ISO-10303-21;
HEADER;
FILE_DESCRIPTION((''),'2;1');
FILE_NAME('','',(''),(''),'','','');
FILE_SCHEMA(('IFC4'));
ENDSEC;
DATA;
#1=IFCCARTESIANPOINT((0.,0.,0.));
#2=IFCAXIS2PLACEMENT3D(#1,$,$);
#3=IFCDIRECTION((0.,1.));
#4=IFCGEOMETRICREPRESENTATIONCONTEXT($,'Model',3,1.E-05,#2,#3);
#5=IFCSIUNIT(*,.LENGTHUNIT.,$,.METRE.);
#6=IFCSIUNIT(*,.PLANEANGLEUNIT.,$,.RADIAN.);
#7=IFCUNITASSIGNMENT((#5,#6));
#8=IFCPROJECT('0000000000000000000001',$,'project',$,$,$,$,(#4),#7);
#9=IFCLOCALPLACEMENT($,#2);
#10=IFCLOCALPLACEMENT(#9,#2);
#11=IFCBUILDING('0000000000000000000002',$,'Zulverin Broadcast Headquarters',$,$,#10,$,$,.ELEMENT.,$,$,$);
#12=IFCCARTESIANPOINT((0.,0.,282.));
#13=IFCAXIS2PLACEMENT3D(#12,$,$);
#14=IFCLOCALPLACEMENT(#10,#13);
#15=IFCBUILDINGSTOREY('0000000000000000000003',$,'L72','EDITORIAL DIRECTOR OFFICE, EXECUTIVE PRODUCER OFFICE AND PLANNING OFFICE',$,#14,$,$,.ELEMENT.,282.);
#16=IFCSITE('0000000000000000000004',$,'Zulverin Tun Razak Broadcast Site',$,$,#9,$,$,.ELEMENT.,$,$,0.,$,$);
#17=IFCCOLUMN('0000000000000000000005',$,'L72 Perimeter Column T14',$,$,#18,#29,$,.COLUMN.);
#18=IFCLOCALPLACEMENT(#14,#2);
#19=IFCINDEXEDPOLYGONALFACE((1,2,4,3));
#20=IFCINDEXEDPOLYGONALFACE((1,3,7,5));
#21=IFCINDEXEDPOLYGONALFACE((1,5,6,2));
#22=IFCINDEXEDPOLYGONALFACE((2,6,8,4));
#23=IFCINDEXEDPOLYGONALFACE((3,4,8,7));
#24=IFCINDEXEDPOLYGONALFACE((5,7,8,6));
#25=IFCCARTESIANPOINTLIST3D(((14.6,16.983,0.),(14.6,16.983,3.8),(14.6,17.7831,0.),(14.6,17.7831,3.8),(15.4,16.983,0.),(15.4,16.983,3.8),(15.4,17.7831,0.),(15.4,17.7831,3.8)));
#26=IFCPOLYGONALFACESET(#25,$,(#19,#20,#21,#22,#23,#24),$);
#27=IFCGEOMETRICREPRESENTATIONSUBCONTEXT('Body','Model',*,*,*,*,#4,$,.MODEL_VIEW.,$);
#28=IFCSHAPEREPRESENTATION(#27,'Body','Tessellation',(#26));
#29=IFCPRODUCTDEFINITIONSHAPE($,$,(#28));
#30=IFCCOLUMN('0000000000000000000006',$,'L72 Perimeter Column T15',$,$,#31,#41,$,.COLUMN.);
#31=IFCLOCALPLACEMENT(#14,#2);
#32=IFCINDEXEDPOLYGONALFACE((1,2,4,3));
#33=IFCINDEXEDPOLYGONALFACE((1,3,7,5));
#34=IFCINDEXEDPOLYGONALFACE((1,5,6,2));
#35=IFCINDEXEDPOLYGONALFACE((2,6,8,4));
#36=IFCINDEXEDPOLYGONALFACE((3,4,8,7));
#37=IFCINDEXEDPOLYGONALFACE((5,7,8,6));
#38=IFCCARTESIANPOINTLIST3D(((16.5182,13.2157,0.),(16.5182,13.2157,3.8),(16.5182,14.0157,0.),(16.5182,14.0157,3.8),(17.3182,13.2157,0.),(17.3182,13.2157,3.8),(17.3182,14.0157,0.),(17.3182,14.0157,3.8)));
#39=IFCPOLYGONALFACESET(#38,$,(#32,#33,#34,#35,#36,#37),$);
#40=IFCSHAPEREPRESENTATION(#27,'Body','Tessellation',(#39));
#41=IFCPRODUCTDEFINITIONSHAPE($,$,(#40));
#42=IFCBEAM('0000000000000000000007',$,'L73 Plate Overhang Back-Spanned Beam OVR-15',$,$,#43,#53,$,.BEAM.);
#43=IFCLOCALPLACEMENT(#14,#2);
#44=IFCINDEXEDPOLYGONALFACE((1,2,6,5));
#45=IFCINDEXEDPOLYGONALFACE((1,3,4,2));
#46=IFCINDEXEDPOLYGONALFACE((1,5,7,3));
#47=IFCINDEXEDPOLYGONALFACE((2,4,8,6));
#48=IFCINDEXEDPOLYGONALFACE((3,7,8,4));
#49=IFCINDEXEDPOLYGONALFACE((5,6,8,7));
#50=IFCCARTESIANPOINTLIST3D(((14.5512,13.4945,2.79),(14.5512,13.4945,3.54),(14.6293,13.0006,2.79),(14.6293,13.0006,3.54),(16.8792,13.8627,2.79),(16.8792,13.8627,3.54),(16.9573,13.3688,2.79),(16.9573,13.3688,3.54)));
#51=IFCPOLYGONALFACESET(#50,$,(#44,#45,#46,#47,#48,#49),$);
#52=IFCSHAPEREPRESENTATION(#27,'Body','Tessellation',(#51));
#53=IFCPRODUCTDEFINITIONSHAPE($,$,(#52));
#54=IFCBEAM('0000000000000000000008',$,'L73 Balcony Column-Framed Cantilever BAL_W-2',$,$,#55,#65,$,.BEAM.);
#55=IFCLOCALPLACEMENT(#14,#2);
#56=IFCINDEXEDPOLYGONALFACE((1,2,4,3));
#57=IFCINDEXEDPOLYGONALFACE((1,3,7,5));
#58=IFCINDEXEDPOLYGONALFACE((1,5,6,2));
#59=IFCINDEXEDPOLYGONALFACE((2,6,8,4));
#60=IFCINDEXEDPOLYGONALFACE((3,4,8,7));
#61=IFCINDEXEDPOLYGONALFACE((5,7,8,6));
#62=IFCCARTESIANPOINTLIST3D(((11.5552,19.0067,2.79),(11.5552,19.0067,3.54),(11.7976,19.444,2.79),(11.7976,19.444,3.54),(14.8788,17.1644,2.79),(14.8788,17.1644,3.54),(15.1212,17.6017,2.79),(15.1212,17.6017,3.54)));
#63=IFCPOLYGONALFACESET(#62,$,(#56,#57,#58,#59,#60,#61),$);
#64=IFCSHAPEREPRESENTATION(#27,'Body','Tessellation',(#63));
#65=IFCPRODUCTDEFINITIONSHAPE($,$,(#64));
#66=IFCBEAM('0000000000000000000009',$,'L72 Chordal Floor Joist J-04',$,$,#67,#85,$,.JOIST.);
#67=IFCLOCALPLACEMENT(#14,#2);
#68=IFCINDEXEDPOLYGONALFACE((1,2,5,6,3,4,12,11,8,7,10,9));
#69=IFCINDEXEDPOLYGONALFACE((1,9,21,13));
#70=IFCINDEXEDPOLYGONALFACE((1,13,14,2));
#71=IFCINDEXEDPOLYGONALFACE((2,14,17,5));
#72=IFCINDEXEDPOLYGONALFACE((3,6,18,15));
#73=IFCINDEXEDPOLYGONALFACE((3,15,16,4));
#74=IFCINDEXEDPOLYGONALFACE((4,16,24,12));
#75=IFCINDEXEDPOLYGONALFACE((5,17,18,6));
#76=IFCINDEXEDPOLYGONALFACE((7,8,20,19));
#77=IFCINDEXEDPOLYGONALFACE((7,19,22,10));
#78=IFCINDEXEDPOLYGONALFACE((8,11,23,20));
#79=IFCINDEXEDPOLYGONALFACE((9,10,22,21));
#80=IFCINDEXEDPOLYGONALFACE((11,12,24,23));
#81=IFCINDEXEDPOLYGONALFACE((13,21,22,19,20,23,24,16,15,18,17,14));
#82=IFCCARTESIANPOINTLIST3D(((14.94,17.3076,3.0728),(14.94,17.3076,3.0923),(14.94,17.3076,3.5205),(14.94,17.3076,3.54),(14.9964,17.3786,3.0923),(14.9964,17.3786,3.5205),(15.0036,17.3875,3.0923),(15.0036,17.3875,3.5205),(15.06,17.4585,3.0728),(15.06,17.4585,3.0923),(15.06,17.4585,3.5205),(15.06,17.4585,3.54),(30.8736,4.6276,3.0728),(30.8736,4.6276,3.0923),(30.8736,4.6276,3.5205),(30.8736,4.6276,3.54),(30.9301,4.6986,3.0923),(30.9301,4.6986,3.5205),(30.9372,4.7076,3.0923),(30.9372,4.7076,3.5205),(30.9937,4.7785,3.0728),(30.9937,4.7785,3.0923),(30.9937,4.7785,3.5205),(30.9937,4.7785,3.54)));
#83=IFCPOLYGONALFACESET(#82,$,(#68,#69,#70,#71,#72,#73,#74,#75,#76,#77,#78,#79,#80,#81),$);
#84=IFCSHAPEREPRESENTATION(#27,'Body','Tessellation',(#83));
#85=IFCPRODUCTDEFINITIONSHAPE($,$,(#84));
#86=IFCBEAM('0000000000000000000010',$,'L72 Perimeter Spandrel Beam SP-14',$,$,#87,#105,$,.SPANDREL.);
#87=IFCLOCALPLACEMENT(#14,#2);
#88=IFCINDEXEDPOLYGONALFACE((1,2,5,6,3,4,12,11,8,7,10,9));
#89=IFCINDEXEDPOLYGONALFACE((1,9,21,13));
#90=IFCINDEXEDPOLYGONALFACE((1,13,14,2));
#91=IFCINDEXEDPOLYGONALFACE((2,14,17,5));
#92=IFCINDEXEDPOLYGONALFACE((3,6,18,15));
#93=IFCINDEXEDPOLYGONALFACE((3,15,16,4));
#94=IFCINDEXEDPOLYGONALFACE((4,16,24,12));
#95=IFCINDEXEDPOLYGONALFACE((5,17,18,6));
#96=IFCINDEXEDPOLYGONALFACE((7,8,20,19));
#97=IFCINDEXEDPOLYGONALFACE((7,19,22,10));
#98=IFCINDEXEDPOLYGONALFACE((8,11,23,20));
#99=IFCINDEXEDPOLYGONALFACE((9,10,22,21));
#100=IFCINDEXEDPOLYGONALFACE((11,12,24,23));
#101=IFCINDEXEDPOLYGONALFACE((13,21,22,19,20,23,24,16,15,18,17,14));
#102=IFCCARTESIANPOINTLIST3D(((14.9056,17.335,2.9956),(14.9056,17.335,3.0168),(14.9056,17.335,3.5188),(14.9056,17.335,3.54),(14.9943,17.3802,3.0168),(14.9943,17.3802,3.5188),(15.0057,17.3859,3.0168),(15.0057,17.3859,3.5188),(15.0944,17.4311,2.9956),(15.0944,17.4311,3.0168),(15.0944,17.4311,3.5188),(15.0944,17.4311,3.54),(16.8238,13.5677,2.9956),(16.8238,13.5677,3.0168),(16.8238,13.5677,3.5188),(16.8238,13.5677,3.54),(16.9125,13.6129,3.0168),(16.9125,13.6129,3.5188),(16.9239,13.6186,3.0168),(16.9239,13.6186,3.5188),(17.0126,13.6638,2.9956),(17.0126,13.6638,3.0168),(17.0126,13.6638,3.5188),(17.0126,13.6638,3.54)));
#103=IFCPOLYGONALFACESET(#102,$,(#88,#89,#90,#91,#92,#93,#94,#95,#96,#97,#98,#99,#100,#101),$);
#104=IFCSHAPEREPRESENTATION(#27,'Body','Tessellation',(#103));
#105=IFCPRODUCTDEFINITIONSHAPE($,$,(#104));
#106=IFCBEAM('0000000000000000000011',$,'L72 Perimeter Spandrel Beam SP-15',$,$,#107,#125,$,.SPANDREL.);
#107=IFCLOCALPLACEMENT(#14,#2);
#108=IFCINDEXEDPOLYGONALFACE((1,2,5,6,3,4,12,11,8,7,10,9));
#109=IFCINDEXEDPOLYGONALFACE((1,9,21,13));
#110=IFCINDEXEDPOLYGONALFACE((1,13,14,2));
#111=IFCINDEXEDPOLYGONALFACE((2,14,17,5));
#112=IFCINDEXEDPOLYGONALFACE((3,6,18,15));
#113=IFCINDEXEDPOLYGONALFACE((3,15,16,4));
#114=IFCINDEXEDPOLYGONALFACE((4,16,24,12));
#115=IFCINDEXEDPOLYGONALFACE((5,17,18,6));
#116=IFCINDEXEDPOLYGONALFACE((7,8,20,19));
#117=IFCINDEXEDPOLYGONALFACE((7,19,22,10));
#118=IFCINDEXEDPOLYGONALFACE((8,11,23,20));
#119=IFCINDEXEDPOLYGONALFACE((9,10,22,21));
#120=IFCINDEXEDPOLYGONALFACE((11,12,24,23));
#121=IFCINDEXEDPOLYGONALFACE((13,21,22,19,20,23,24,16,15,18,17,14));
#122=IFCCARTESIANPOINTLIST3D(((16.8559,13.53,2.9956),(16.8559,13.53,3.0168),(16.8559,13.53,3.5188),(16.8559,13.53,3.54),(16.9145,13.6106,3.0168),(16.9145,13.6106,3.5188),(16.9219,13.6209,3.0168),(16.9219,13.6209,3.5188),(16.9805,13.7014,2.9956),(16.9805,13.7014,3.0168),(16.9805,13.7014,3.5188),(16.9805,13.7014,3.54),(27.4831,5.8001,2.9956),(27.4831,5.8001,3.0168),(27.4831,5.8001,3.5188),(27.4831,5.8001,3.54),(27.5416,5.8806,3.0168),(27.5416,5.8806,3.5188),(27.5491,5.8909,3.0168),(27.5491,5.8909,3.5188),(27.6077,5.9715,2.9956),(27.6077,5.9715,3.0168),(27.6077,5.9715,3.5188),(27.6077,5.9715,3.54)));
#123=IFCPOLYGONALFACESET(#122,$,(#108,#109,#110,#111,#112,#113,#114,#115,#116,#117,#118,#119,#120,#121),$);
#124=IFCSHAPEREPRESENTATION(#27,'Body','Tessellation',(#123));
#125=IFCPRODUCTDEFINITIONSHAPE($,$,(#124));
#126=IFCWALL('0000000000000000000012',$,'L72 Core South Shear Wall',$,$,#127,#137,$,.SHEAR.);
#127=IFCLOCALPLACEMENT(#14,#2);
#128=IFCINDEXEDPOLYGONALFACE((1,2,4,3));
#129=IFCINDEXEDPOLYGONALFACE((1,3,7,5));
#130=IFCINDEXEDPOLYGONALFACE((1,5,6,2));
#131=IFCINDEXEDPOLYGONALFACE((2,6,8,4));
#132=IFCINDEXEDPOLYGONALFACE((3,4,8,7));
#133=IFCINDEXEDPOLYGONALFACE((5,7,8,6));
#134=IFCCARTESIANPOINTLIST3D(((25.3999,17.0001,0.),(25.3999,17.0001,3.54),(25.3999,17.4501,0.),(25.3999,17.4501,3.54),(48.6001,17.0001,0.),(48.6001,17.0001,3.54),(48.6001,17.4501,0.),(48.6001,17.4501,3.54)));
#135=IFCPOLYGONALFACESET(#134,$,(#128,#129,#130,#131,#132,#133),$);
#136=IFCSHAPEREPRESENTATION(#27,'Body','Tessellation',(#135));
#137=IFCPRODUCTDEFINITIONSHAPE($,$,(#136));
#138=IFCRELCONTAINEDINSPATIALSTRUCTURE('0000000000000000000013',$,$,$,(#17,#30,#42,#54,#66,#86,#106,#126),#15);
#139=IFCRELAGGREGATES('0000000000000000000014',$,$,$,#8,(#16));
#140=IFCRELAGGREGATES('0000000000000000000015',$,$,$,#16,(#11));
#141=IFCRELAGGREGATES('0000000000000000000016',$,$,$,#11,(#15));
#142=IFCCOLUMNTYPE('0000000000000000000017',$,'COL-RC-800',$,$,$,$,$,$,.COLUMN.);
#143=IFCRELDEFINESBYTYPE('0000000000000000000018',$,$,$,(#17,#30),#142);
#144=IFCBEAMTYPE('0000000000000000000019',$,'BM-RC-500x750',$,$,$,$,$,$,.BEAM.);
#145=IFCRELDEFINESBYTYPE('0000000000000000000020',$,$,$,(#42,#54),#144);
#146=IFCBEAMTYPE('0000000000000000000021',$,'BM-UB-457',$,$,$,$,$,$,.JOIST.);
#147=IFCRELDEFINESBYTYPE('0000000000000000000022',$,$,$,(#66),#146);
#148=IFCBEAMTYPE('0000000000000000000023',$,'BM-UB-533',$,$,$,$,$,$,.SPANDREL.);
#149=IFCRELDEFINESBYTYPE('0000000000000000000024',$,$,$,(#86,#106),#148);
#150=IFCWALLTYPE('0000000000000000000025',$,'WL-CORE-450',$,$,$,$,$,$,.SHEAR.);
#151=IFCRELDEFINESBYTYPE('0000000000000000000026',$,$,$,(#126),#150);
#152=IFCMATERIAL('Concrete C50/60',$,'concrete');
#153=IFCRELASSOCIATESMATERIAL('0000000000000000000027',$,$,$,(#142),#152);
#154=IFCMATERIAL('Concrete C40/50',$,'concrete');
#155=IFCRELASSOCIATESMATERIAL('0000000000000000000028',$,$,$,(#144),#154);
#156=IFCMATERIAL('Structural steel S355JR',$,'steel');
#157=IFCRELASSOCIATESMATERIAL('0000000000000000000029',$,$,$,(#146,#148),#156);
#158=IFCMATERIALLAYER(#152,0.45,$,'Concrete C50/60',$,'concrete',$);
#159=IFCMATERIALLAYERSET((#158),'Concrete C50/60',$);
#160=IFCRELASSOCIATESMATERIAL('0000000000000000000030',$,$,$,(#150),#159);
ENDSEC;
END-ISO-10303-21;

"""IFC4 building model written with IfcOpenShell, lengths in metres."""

from ifc_helpers import new_model, si_unit, direction, frame, frame_2d, origin, origin_2d, place, context, subcontext, project, spatial, rectangle, i_section, extrude, material, layer, layer_set, material_profile, profile_set, type_object, element, save


model = new_model("IFC4")

# Units and contexts
model_context = context("Model", 3, precision=1e-05, world=origin(), true_north=direction((0.0, 1.0)))
body_context = subcontext(model_context, "Body", "Model", "MODEL_VIEW")
ifc_project = project(units=[si_unit("LENGTHUNIT", "METRE"), si_unit("PLANEANGLEUNIT", "RADIAN")], contexts=[model_context])

# Site, building, storey
site_placement = place(None, origin())
site = spatial("IfcSite", under=ifc_project, at=site_placement, Name="Zulverin Tun Razak Broadcast Site", CompositionType="ELEMENT", RefElevation=0.0)
building_placement = place(site_placement, origin())
building = spatial("IfcBuilding", under=site, at=building_placement, Name="Zulverin Broadcast Headquarters", CompositionType="ELEMENT")
storey_placement = place(building_placement, frame((0.0, 0.0, 282.0)))
storey = spatial("IfcBuildingStorey", under=building, at=storey_placement, Name="L72", Description="EDITORIAL DIRECTOR OFFICE, EXECUTIVE PRODUCER OFFICE AND PLANNING OFFICE", CompositionType="ELEMENT", Elevation=282.0)

# Columns
ifc_material_1 = material(Name="Concrete C50/60", Category="concrete")
ifc_material_profile_1 = material_profile(ifc_material_1, rectangle(XDim=0.8, YDim=0.8, at=origin_2d()), Name="Concrete C50/60", Category="concrete")
ifc_profile_set_1 = profile_set([ifc_material_profile_1], Name="Concrete C50/60")
column_type = type_object("IfcColumnType", Name="COL-RC-800", PredefinedType="COLUMN", material=ifc_profile_set_1)
for number, where, z_axis, x_axis, name in (
    (1, (15.0, 17.3831, 0.0), (0.0, 0.0, 1.0), (1.0, 0.0, 0.0), "L72 Perimeter Column T14"),
    (2, (16.9182, 13.6157, 0.0), (0.0, 0.0, 1.0), (1.0, 0.0, 0.0), "L72 Perimeter Column T15"),
):
    element("IfcColumn", number, at=place(storey_placement, frame(where, z_axis=z_axis, x_axis=x_axis)), inside=storey, type_object=column_type, Name=name, PredefinedType="COLUMN", context=body_context, shape_type="SweptSolid", body=[
        extrude(rectangle(XDim=0.8, YDim=0.8, at=origin_2d()), origin(), (0.0, 0.0, 1.0), 3.8),
    ])

# Beams
ifc_material_2 = material(Name="Concrete C40/50", Category="concrete")
ifc_material_profile_2 = material_profile(ifc_material_2, rectangle(XDim=0.5, YDim=0.75, at=origin_2d()), Name="Concrete C40/50", Category="concrete")
ifc_profile_set_2 = profile_set([ifc_material_profile_2], Name="Concrete C40/50")
beam_type_1 = type_object("IfcBeamType", Name="BM-RC-500x750", PredefinedType="BEAM", material=ifc_profile_set_2)
beam_1_placement = place(storey_placement, frame((16.9182, 13.6157, 3.165), z_axis=(-0.987723, -0.156213, 0.0), x_axis=(0.156213, -0.987723, 0.0)))
element("IfcBeam", 3, at=beam_1_placement, inside=storey, type_object=beam_type_1, Name="L73 Plate Overhang Back-Spanned Beam OVR-15", PredefinedType="BEAM", context=body_context, shape_type="SweptSolid", body=[
    extrude(rectangle(XDim=0.5, YDim=0.75, at=origin_2d()), origin(), (0.0, 0.0, 1.0), 2.3569),
])
beam_2_placement = place(storey_placement, frame((15.0, 17.3831, 3.165), z_axis=(-0.874615, 0.484819, 0.0), x_axis=(-0.484819, -0.874615, 0.0)))
element("IfcBeam", 4, at=beam_2_placement, inside=storey, type_object=beam_type_1, Name="L73 Balcony Column-Framed Cantilever BAL_W-2", PredefinedType="BEAM", context=body_context, shape_type="SweptSolid", body=[
    extrude(rectangle(XDim=0.5, YDim=0.75, at=origin_2d()), origin(), (0.0, 0.0, 1.0), 3.8),
])
ifc_material_3 = material(Name="Structural steel S355JR", Category="steel")
ifc_material_profile_3 = material_profile(ifc_material_3, i_section(OverallWidth=0.1929, OverallDepth=0.4673, WebThickness=0.0115, FlangeThickness=0.0195, at=origin_2d()), Name="Structural steel S355JR", Category="steel")
ifc_profile_set_3 = profile_set([ifc_material_profile_3], Name="Structural steel S355JR")
beam_type_2 = type_object("IfcBeamType", Name="BM-UB-457", PredefinedType="JOIST", material=ifc_profile_set_3)
beam_3_placement = place(storey_placement, frame((15.0, 17.3831, 3.3064), z_axis=(0.78247, -0.622688, 0.0), x_axis=(0.622688, 0.78247, 0.0)))
element("IfcBeam", 5, at=beam_3_placement, inside=storey, type_object=beam_type_2, Name="L72 Chordal Floor Joist J-04", PredefinedType="JOIST", context=body_context, shape_type="SweptSolid", body=[
    extrude(i_section(OverallWidth=0.1929, OverallDepth=0.4673, WebThickness=0.0115, FlangeThickness=0.0195, at=origin_2d()), origin(), (0.0, 0.0, 1.0), 20.3633),
])
ifc_material_profile_4 = material_profile(ifc_material_3, i_section(OverallWidth=0.2119, OverallDepth=0.5444, WebThickness=0.0127, FlangeThickness=0.0212, at=origin_2d()), Name="Structural steel S355JR", Category="steel")
ifc_profile_set_4 = profile_set([ifc_material_profile_4], Name="Structural steel S355JR")
beam_type_3 = type_object("IfcBeamType", Name="BM-UB-533", PredefinedType="SPANDREL", material=ifc_profile_set_4)
beam_4_placement = place(storey_placement, frame((15.0, 17.3831, 3.2678), z_axis=(0.453739, -0.891135, 0.0), x_axis=(0.891135, 0.453739, 0.0)))
element("IfcBeam", 6, at=beam_4_placement, inside=storey, type_object=beam_type_3, Name="L72 Perimeter Spandrel Beam SP-14", PredefinedType="SPANDREL", context=body_context, shape_type="SweptSolid", body=[
    extrude(i_section(OverallWidth=0.2119, OverallDepth=0.5444, WebThickness=0.0127, FlangeThickness=0.0212, at=origin_2d()), origin(), (0.0, 0.0, 1.0), 4.2275),
])
beam_5_placement = place(storey_placement, frame((16.9182, 13.6157, 3.2678), z_axis=(0.808696, -0.588227, 0.0), x_axis=(0.588227, 0.808696, 0.0)))
element("IfcBeam", 7, at=beam_5_placement, inside=storey, type_object=beam_type_3, Name="L72 Perimeter Spandrel Beam SP-15", PredefinedType="SPANDREL", context=body_context, shape_type="SweptSolid", body=[
    extrude(i_section(OverallWidth=0.2119, OverallDepth=0.5444, WebThickness=0.0127, FlangeThickness=0.0212, at=origin_2d()), origin(), (0.0, 0.0, 1.0), 13.1411),
])

# Wall
ifc_layer_1 = layer(ifc_material_1, 0.45, Name="Concrete C50/60", Category="concrete")
ifc_layer_set_1 = layer_set([ifc_layer_1], Name="Concrete C50/60")
wall_type_1 = type_object("IfcWallType", Name="WL-CORE-450", PredefinedType="SHEAR", material=ifc_layer_set_1)
wall_1_placement = place(storey_placement, frame((25.3999, 17.2251, 0.0), z_axis=(0.0, 0.0, 1.0), x_axis=(1.0, 0.0, 0.0)))
element("IfcWall", 8, at=wall_1_placement, inside=storey, type_object=wall_type_1, Name="L72 Core South Shear Wall", PredefinedType="SHEAR", context=body_context, shape_type="SweptSolid", body=[
    extrude(rectangle(XDim=23.2002, YDim=0.45, at=frame_2d((11.6001, 0.0))), origin(), (0.0, 0.0, 1.0), 3.54),
])

save(model, "model.ifc")
